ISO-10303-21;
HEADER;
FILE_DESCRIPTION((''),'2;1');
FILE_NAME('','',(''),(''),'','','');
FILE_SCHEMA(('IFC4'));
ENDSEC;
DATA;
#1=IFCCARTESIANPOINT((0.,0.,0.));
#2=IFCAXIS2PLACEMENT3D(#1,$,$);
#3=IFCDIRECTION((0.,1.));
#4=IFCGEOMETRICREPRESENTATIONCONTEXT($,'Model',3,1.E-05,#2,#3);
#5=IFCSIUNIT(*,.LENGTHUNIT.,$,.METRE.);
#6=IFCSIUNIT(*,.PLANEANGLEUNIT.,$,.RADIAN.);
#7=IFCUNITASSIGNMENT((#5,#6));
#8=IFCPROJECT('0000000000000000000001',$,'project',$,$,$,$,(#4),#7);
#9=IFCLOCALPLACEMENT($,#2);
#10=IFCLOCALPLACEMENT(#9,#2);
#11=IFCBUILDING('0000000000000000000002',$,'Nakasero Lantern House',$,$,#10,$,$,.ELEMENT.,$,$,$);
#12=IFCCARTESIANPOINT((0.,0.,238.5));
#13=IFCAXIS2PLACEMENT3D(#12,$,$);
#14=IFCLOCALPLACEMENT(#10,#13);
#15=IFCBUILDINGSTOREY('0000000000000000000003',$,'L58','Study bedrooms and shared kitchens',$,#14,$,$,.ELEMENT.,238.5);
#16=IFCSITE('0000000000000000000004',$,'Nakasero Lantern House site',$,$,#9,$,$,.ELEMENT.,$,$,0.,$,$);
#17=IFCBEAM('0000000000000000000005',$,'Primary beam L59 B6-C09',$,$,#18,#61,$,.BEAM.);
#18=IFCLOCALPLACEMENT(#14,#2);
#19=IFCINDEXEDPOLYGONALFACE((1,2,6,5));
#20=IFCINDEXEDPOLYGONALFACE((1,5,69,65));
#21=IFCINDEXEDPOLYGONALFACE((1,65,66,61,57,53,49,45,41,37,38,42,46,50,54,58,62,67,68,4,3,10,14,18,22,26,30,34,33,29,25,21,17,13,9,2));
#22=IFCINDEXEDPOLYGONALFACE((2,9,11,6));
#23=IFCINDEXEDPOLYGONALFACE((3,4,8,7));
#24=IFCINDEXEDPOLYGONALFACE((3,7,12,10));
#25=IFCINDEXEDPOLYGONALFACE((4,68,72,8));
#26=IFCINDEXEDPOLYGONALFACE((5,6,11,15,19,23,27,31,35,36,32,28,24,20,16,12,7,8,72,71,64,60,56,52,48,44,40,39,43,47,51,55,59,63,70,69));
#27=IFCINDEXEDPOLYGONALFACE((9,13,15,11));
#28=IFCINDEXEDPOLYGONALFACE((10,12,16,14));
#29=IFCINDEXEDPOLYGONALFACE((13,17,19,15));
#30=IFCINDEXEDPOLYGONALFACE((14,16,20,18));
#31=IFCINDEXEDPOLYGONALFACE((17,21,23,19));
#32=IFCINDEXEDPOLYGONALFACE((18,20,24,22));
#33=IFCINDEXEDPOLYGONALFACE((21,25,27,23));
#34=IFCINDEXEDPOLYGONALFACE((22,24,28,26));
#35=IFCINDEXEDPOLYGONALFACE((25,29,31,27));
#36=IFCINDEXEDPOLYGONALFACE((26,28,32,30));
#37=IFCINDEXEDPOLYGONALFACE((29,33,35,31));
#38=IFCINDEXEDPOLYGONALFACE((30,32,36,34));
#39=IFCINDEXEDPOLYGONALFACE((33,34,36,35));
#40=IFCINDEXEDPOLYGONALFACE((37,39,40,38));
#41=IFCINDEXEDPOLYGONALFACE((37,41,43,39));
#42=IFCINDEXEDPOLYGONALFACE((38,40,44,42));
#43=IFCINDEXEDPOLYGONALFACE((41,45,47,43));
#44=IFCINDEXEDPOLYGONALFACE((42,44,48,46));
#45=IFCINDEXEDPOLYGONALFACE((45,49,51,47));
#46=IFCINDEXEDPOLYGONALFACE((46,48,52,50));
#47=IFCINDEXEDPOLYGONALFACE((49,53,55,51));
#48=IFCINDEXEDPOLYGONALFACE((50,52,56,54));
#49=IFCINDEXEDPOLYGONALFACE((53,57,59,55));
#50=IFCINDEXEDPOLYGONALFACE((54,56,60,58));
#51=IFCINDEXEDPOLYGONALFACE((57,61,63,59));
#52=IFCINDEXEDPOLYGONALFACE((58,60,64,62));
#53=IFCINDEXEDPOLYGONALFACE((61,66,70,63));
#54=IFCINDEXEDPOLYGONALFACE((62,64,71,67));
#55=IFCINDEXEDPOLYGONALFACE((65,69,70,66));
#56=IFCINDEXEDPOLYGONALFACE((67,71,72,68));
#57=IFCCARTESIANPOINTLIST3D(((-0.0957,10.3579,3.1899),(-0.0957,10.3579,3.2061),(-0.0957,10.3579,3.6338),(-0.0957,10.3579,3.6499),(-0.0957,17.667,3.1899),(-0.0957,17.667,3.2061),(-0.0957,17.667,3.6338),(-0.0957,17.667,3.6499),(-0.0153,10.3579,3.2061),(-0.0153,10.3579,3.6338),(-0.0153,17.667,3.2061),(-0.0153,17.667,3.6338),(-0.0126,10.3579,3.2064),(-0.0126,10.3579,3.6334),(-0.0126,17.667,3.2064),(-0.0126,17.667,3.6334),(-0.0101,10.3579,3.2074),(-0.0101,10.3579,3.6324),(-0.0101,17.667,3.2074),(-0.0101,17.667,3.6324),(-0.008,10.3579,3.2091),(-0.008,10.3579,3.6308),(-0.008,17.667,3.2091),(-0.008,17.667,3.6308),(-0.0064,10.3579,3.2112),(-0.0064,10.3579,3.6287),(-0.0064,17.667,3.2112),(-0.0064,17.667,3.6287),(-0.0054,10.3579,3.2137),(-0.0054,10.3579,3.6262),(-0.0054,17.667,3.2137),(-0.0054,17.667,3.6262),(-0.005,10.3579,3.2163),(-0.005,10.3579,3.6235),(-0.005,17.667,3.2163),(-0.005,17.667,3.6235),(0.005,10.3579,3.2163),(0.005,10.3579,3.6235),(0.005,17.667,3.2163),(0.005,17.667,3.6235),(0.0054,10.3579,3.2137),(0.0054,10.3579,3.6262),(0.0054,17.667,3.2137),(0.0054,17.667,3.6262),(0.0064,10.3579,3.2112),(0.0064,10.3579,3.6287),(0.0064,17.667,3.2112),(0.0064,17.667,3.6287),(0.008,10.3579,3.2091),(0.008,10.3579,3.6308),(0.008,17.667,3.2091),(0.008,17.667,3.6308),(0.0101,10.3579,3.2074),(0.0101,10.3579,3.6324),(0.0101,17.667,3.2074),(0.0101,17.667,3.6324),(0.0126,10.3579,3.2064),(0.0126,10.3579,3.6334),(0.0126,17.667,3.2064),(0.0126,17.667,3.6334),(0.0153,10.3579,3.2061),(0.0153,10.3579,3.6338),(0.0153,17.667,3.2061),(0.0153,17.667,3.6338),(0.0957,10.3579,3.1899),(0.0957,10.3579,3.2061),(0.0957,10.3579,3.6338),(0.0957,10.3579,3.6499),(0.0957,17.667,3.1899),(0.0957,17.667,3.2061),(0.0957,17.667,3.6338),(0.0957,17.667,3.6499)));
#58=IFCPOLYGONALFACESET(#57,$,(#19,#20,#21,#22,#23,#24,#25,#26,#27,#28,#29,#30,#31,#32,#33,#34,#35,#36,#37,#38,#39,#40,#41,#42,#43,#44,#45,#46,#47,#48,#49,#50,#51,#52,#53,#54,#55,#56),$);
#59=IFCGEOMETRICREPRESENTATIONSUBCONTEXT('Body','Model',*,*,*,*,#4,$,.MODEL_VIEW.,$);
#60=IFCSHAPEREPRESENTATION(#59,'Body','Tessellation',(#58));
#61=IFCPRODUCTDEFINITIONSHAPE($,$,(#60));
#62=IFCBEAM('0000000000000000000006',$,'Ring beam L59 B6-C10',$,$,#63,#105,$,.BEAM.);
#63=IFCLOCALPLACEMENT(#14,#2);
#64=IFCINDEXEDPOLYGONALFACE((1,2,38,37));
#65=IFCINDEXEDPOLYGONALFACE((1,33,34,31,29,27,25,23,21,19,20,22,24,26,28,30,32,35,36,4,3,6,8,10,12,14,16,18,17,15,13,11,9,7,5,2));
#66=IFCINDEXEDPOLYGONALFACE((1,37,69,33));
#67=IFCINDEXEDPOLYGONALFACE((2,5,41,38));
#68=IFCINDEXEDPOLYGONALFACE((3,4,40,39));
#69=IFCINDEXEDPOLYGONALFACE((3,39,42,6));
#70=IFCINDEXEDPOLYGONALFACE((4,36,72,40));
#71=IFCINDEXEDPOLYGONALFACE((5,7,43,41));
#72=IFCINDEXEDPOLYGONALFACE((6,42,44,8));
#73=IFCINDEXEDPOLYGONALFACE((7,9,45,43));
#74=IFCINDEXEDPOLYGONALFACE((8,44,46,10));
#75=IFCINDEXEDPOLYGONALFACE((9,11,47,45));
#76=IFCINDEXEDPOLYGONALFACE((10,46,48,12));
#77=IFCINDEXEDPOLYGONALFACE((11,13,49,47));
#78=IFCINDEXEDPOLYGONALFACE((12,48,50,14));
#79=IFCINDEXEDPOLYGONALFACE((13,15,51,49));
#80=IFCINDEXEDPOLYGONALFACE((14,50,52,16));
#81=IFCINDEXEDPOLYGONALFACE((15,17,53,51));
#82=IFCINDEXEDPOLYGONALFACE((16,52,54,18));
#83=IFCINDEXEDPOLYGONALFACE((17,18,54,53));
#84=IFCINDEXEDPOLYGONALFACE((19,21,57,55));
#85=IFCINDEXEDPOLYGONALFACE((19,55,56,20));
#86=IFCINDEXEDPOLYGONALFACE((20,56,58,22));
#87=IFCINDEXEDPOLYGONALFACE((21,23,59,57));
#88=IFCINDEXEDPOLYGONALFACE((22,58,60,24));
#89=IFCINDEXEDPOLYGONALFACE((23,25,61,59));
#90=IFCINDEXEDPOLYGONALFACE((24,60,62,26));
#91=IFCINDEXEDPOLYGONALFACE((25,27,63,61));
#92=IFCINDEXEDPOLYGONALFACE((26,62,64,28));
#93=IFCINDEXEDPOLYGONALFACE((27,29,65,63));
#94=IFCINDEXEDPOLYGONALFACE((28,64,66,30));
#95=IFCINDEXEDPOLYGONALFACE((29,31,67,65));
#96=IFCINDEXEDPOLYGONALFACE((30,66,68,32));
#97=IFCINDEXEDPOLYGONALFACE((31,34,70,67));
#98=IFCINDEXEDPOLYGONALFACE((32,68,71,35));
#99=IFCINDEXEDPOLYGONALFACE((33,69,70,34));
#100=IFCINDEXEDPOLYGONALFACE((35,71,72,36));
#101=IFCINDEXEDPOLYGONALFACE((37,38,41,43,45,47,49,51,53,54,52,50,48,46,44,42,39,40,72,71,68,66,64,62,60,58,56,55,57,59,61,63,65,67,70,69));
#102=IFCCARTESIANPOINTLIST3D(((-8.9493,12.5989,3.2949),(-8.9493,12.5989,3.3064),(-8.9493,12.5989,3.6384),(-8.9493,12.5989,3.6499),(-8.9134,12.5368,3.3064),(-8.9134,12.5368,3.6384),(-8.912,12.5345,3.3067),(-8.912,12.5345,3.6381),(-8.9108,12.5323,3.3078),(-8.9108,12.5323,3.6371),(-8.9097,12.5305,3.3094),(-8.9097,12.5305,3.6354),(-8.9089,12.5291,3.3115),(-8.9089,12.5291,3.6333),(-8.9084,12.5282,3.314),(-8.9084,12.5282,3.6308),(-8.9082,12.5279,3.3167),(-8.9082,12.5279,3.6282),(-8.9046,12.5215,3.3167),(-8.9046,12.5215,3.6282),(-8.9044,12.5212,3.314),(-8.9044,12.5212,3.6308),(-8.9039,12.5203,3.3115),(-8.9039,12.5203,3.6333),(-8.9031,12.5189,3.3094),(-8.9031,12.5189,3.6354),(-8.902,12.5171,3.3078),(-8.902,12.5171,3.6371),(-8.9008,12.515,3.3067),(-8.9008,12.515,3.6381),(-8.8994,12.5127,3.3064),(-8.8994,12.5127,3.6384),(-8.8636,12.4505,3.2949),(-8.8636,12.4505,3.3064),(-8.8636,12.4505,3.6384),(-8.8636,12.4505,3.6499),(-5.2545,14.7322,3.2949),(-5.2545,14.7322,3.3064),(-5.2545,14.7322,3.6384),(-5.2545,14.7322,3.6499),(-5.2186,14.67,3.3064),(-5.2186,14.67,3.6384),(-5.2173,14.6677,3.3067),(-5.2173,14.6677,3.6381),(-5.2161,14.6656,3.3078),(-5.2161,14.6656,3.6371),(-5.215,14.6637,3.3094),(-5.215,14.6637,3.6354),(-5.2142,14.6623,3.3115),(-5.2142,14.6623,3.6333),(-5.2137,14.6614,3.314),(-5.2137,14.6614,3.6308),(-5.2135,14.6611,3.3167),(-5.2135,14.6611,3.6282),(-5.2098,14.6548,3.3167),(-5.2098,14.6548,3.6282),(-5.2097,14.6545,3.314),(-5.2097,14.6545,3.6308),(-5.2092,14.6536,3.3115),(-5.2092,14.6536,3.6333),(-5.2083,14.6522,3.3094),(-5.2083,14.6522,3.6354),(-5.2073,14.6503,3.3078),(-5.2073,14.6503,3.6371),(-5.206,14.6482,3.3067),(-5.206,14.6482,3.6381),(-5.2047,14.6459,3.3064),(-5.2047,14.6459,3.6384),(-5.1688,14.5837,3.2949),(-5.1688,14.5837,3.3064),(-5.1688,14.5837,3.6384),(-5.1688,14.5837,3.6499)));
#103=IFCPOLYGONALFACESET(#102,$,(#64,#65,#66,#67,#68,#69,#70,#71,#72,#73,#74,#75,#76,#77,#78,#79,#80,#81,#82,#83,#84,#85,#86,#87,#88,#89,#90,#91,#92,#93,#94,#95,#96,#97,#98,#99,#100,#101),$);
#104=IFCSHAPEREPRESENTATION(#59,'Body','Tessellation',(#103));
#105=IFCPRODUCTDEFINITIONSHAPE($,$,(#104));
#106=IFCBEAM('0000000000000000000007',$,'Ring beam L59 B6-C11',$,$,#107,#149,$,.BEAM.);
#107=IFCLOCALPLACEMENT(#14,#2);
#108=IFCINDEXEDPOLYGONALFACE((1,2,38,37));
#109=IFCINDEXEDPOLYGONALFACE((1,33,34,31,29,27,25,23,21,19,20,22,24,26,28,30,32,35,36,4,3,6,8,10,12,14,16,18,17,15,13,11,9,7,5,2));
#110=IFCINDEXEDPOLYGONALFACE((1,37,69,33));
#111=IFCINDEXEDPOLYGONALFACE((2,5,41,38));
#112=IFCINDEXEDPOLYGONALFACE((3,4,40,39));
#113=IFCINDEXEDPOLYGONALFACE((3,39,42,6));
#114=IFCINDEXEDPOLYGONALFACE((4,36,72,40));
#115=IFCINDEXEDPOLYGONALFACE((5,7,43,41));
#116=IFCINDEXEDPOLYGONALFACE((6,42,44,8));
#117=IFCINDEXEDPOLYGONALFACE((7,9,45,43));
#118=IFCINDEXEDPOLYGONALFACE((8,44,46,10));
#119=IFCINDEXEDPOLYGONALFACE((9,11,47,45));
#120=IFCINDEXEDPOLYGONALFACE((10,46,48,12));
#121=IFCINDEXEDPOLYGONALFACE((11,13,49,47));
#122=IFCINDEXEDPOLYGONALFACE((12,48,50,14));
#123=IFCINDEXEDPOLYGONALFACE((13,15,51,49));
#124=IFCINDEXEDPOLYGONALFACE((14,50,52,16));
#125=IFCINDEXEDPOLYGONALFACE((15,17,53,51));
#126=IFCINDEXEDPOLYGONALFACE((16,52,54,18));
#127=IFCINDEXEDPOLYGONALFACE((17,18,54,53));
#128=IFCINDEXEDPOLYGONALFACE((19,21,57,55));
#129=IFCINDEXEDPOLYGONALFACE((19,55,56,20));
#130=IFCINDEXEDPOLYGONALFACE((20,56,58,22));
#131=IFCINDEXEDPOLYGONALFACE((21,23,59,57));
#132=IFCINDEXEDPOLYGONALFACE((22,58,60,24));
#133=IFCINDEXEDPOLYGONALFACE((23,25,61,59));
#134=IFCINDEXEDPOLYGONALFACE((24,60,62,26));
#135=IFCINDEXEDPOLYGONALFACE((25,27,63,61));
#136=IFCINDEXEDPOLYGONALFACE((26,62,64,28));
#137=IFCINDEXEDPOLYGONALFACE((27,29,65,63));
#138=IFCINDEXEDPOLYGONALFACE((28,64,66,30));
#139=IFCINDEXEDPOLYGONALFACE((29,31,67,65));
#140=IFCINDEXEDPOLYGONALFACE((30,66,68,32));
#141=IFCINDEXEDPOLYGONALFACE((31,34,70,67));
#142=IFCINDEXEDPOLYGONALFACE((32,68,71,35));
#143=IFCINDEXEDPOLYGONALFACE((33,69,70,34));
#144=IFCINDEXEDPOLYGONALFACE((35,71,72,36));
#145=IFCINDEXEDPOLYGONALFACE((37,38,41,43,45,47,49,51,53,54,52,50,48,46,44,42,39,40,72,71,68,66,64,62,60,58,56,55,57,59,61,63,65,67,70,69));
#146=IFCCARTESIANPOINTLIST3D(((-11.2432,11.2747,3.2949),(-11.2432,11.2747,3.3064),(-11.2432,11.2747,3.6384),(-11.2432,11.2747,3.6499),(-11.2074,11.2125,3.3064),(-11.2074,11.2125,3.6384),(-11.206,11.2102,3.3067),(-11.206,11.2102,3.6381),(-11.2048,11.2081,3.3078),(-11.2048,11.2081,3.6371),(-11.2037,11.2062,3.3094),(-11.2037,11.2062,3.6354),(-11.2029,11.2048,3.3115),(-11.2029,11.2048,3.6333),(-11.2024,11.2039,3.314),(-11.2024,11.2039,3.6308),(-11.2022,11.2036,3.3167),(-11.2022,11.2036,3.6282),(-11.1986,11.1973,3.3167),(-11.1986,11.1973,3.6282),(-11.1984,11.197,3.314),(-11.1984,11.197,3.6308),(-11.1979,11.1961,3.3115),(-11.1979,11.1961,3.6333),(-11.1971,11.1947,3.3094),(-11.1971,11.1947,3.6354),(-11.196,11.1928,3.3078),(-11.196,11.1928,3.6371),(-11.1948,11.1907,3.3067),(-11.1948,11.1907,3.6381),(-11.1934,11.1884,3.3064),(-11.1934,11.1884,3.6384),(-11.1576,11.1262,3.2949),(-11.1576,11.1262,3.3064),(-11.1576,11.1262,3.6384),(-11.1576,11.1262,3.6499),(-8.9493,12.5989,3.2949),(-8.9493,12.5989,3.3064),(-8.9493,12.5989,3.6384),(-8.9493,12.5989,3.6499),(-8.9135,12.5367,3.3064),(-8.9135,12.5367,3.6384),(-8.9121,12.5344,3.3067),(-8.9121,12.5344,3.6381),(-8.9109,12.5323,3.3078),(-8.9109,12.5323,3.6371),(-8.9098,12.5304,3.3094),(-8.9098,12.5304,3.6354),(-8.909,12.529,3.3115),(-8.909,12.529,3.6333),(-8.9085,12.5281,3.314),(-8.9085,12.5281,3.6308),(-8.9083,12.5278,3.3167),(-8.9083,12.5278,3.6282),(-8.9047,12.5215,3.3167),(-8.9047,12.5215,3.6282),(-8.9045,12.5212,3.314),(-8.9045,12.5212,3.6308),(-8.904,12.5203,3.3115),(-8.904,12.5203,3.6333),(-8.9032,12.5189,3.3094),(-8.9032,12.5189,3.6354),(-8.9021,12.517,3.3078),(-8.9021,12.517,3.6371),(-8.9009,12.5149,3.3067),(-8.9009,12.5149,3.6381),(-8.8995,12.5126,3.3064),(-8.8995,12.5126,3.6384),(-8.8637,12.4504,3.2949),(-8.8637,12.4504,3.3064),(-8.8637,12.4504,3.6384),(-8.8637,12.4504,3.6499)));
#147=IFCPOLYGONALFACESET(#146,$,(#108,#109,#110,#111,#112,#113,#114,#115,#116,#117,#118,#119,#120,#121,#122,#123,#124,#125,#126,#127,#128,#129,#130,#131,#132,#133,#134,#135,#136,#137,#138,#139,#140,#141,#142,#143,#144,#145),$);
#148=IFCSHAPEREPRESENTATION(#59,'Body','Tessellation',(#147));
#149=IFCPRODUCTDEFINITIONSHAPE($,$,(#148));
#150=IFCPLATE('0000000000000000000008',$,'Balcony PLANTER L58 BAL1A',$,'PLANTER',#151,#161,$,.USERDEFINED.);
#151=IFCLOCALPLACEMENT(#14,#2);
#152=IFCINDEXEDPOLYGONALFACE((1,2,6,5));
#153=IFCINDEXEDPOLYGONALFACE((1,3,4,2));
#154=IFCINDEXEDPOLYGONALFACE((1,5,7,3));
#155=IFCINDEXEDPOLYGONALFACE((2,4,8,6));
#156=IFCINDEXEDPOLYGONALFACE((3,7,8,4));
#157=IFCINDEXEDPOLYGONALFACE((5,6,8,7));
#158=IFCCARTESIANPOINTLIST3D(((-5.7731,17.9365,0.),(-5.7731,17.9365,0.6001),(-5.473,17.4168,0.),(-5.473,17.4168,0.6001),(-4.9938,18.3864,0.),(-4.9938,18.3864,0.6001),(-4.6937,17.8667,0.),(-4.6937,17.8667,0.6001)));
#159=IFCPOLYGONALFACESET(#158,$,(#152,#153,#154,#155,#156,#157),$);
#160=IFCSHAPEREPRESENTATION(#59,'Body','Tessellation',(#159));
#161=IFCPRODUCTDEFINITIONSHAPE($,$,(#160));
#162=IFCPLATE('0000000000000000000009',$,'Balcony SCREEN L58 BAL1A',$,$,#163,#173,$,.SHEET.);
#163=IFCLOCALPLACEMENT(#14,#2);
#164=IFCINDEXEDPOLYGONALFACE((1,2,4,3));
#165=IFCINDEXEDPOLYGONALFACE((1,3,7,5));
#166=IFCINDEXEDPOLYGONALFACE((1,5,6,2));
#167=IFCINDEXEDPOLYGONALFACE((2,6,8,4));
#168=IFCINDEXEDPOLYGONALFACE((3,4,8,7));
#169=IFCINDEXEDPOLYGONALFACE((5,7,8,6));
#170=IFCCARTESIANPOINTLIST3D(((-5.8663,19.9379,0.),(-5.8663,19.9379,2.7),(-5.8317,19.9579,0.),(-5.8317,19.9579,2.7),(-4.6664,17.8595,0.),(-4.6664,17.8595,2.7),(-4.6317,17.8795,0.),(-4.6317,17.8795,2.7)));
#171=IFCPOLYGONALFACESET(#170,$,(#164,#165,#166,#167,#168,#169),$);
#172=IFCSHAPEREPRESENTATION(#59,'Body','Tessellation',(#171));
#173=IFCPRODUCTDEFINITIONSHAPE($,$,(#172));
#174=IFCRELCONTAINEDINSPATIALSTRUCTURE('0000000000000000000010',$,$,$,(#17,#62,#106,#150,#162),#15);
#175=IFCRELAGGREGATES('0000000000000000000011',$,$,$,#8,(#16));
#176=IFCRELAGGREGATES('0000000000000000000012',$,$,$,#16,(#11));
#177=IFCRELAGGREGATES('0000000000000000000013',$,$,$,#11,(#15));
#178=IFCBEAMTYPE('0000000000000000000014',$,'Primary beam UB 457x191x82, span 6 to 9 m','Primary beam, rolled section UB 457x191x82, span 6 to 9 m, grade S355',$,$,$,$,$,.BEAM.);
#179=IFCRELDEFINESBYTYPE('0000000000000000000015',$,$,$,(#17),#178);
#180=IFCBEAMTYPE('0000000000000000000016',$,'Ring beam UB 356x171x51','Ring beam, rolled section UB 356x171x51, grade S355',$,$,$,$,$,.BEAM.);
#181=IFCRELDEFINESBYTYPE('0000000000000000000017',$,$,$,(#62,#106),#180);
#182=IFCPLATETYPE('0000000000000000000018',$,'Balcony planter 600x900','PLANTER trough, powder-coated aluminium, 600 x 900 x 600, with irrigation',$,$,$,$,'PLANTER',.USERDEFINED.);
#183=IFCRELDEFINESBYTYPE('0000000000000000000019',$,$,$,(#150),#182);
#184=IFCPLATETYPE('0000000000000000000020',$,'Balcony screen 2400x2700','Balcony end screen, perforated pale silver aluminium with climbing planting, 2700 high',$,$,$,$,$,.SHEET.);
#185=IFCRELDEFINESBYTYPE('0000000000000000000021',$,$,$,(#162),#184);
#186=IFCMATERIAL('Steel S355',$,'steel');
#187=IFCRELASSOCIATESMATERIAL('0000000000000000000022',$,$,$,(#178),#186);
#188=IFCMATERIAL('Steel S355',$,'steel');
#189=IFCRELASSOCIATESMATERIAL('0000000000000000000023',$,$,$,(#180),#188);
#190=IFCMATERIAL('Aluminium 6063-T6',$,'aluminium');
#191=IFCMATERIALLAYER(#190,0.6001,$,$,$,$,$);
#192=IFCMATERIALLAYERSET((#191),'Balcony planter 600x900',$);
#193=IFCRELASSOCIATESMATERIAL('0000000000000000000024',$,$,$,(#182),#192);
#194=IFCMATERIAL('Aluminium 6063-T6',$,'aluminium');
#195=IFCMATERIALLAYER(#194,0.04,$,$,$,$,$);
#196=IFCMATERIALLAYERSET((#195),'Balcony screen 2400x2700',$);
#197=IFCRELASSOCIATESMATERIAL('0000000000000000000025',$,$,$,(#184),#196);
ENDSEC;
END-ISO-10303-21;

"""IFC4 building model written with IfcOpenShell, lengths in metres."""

from ifc_helpers import new_model, si_unit, direction, frame, origin, origin_2d, place, context, subcontext, project, spatial, rectangle, i_section, extrude, material, layer, layer_set, material_profile, profile_set, type_object, element, save


model = new_model("IFC4")

# Units and contexts
model_context = context("Model", 3, precision=1e-05, world=origin(), true_north=direction((0.0, 1.0)))
body_context = subcontext(model_context, "Body", "Model", "MODEL_VIEW")
ifc_project = project(units=[si_unit("LENGTHUNIT", "METRE"), si_unit("PLANEANGLEUNIT", "RADIAN")], contexts=[model_context])

# Site, building, storey
site_placement = place(None, origin())
site = spatial("IfcSite", under=ifc_project, at=site_placement, Name="Nakasero Lantern House site", CompositionType="ELEMENT", RefElevation=0.0)
building_placement = place(site_placement, origin())
building = spatial("IfcBuilding", under=site, at=building_placement, Name="Nakasero Lantern House", CompositionType="ELEMENT")
storey_placement = place(building_placement, frame((0.0, 0.0, 238.5)))
storey = spatial("IfcBuildingStorey", under=building, at=storey_placement, Name="L58", Description="Study bedrooms and shared kitchens", CompositionType="ELEMENT", Elevation=238.5)

# Beams
ifc_material_1 = material(Name="Steel S355", Category="steel")
ifc_material_profile_1 = material_profile(ifc_material_1, i_section(OverallWidth=0.1914, OverallDepth=0.46, WebThickness=0.01, FlangeThickness=0.0161, FilletRadius=0.0103, at=origin_2d()), Name="UB 457x191x82")
ifc_profile_set_1 = profile_set([ifc_material_profile_1], Name="Steel S355")
beam_type_1 = type_object("IfcBeamType", Name="Primary beam UB 457x191x82, span 6 to 9 m", Description="Primary beam, rolled section UB 457x191x82, span 6 to 9 m, grade S355", PredefinedType="BEAM", material=ifc_profile_set_1)
beam_1_placement = place(storey_placement, frame((0.0, 17.667, 3.4199), z_axis=(0.0, -1.0, 0.0), x_axis=(1.0, 0.0, 0.0)))
element("IfcBeam", 1, at=beam_1_placement, inside=storey, type_object=beam_type_1, Name="Primary beam L59 B6-C09", PredefinedType="BEAM", context=body_context, shape_type="SweptSolid", body=[
    extrude(i_section(OverallWidth=0.1914, OverallDepth=0.46, WebThickness=0.01, FlangeThickness=0.0161, FilletRadius=0.0103, at=origin_2d()), origin(), (0.0, 0.0, 1.0), 7.3091),
])
ifc_material_2 = material(Name="Steel S355", Category="steel")
ifc_material_profile_2 = material_profile(ifc_material_2, i_section(OverallWidth=0.1714, OverallDepth=0.355, WebThickness=0.0073, FlangeThickness=0.0115, FilletRadius=0.0103, at=origin_2d()), Name="UB 356x171x51")
ifc_profile_set_2 = profile_set([ifc_material_profile_2], Name="Steel S355")
beam_type_2 = type_object("IfcBeamType", Name="Ring beam UB 356x171x51", Description="Ring beam, rolled section UB 356x171x51, grade S355", PredefinedType="BEAM", material=ifc_profile_set_2)
beam_2_placement = place(storey_placement, frame((-5.2117, 14.658, 3.4724), z_axis=(-0.866016, -0.500016, 0.0), x_axis=(0.500016, -0.866016, 0.0)))
element("IfcBeam", 2, at=beam_2_placement, inside=storey, type_object=beam_type_2, Name="Ring beam L59 B6-C10", PredefinedType="BEAM", context=body_context, shape_type="SweptSolid", body=[
    extrude(i_section(OverallWidth=0.1714, OverallDepth=0.355, WebThickness=0.0073, FlangeThickness=0.0115, FilletRadius=0.0103, at=origin_2d()), origin(), (0.0, 0.0, 1.0), 4.2664),
])
beam_3_placement = place(storey_placement, frame((-8.9065, 12.5247, 3.4724), z_axis=(-0.866057, -0.499946, 0.0), x_axis=(0.499946, -0.866057, 0.0)))
element("IfcBeam", 3, at=beam_3_placement, inside=storey, type_object=beam_type_2, Name="Ring beam L59 B6-C11", PredefinedType="BEAM", context=body_context, shape_type="SweptSolid", body=[
    extrude(i_section(OverallWidth=0.1714, OverallDepth=0.355, WebThickness=0.0073, FlangeThickness=0.0115, FilletRadius=0.0103, at=origin_2d()), origin(), (0.0, 0.0, 1.0), 2.6487),
])

# Plates
ifc_material_3 = material(Name="Aluminium 6063-T6", Category="aluminium")
ifc_layer_1 = layer(ifc_material_3, 0.6001)
ifc_layer_set_1 = layer_set([ifc_layer_1], Name="Balcony planter 600x900")
plate_type_1 = type_object("IfcPlateType", Name="Balcony planter 600x900", Description="PLANTER trough, powder-coated aluminium, 600 x 900 x 600, with irrigation", ElementType="PLANTER", PredefinedType="USERDEFINED", material=ifc_layer_set_1)
plate_1_placement = place(storey_placement, frame((-5.2334, 17.9016, 0.0), z_axis=(0.0, 0.0, 1.0), x_axis=(-0.5, 0.866025, 0.0)))
element("IfcPlate", 4, at=plate_1_placement, inside=storey, type_object=plate_type_1, Name="Balcony PLANTER L58 BAL1A", ObjectType="PLANTER", PredefinedType="USERDEFINED", context=body_context, shape_type="SweptSolid", body=[
    extrude(rectangle(XDim=0.6001, YDim=0.8999, at=origin_2d()), origin(), (0.0, 0.0, 1.0), 0.6001),
])
ifc_material_4 = material(Name="Aluminium 6063-T6", Category="aluminium")
ifc_layer_2 = layer(ifc_material_4, 0.04)
ifc_layer_set_2 = layer_set([ifc_layer_2], Name="Balcony screen 2400x2700")
plate_type_2 = type_object("IfcPlateType", Name="Balcony screen 2400x2700", Description="Balcony end screen, perforated pale silver aluminium with climbing planting, 2700 high", PredefinedType="SHEET", material=ifc_layer_set_2)
plate_2_placement = place(storey_placement, frame((-5.249, 18.9087, 0.0), z_axis=(0.0, 0.0, 1.0), x_axis=(-0.5, 0.866025, 0.0)))
element("IfcPlate", 5, at=plate_2_placement, inside=storey, type_object=plate_type_2, Name="Balcony SCREEN L58 BAL1A", PredefinedType="SHEET", context=body_context, shape_type="SweptSolid", body=[
    extrude(rectangle(XDim=2.3999, YDim=0.04, at=origin_2d()), origin(), (0.0, 0.0, 1.0), 2.7),
])

save(model, "model.ifc")
